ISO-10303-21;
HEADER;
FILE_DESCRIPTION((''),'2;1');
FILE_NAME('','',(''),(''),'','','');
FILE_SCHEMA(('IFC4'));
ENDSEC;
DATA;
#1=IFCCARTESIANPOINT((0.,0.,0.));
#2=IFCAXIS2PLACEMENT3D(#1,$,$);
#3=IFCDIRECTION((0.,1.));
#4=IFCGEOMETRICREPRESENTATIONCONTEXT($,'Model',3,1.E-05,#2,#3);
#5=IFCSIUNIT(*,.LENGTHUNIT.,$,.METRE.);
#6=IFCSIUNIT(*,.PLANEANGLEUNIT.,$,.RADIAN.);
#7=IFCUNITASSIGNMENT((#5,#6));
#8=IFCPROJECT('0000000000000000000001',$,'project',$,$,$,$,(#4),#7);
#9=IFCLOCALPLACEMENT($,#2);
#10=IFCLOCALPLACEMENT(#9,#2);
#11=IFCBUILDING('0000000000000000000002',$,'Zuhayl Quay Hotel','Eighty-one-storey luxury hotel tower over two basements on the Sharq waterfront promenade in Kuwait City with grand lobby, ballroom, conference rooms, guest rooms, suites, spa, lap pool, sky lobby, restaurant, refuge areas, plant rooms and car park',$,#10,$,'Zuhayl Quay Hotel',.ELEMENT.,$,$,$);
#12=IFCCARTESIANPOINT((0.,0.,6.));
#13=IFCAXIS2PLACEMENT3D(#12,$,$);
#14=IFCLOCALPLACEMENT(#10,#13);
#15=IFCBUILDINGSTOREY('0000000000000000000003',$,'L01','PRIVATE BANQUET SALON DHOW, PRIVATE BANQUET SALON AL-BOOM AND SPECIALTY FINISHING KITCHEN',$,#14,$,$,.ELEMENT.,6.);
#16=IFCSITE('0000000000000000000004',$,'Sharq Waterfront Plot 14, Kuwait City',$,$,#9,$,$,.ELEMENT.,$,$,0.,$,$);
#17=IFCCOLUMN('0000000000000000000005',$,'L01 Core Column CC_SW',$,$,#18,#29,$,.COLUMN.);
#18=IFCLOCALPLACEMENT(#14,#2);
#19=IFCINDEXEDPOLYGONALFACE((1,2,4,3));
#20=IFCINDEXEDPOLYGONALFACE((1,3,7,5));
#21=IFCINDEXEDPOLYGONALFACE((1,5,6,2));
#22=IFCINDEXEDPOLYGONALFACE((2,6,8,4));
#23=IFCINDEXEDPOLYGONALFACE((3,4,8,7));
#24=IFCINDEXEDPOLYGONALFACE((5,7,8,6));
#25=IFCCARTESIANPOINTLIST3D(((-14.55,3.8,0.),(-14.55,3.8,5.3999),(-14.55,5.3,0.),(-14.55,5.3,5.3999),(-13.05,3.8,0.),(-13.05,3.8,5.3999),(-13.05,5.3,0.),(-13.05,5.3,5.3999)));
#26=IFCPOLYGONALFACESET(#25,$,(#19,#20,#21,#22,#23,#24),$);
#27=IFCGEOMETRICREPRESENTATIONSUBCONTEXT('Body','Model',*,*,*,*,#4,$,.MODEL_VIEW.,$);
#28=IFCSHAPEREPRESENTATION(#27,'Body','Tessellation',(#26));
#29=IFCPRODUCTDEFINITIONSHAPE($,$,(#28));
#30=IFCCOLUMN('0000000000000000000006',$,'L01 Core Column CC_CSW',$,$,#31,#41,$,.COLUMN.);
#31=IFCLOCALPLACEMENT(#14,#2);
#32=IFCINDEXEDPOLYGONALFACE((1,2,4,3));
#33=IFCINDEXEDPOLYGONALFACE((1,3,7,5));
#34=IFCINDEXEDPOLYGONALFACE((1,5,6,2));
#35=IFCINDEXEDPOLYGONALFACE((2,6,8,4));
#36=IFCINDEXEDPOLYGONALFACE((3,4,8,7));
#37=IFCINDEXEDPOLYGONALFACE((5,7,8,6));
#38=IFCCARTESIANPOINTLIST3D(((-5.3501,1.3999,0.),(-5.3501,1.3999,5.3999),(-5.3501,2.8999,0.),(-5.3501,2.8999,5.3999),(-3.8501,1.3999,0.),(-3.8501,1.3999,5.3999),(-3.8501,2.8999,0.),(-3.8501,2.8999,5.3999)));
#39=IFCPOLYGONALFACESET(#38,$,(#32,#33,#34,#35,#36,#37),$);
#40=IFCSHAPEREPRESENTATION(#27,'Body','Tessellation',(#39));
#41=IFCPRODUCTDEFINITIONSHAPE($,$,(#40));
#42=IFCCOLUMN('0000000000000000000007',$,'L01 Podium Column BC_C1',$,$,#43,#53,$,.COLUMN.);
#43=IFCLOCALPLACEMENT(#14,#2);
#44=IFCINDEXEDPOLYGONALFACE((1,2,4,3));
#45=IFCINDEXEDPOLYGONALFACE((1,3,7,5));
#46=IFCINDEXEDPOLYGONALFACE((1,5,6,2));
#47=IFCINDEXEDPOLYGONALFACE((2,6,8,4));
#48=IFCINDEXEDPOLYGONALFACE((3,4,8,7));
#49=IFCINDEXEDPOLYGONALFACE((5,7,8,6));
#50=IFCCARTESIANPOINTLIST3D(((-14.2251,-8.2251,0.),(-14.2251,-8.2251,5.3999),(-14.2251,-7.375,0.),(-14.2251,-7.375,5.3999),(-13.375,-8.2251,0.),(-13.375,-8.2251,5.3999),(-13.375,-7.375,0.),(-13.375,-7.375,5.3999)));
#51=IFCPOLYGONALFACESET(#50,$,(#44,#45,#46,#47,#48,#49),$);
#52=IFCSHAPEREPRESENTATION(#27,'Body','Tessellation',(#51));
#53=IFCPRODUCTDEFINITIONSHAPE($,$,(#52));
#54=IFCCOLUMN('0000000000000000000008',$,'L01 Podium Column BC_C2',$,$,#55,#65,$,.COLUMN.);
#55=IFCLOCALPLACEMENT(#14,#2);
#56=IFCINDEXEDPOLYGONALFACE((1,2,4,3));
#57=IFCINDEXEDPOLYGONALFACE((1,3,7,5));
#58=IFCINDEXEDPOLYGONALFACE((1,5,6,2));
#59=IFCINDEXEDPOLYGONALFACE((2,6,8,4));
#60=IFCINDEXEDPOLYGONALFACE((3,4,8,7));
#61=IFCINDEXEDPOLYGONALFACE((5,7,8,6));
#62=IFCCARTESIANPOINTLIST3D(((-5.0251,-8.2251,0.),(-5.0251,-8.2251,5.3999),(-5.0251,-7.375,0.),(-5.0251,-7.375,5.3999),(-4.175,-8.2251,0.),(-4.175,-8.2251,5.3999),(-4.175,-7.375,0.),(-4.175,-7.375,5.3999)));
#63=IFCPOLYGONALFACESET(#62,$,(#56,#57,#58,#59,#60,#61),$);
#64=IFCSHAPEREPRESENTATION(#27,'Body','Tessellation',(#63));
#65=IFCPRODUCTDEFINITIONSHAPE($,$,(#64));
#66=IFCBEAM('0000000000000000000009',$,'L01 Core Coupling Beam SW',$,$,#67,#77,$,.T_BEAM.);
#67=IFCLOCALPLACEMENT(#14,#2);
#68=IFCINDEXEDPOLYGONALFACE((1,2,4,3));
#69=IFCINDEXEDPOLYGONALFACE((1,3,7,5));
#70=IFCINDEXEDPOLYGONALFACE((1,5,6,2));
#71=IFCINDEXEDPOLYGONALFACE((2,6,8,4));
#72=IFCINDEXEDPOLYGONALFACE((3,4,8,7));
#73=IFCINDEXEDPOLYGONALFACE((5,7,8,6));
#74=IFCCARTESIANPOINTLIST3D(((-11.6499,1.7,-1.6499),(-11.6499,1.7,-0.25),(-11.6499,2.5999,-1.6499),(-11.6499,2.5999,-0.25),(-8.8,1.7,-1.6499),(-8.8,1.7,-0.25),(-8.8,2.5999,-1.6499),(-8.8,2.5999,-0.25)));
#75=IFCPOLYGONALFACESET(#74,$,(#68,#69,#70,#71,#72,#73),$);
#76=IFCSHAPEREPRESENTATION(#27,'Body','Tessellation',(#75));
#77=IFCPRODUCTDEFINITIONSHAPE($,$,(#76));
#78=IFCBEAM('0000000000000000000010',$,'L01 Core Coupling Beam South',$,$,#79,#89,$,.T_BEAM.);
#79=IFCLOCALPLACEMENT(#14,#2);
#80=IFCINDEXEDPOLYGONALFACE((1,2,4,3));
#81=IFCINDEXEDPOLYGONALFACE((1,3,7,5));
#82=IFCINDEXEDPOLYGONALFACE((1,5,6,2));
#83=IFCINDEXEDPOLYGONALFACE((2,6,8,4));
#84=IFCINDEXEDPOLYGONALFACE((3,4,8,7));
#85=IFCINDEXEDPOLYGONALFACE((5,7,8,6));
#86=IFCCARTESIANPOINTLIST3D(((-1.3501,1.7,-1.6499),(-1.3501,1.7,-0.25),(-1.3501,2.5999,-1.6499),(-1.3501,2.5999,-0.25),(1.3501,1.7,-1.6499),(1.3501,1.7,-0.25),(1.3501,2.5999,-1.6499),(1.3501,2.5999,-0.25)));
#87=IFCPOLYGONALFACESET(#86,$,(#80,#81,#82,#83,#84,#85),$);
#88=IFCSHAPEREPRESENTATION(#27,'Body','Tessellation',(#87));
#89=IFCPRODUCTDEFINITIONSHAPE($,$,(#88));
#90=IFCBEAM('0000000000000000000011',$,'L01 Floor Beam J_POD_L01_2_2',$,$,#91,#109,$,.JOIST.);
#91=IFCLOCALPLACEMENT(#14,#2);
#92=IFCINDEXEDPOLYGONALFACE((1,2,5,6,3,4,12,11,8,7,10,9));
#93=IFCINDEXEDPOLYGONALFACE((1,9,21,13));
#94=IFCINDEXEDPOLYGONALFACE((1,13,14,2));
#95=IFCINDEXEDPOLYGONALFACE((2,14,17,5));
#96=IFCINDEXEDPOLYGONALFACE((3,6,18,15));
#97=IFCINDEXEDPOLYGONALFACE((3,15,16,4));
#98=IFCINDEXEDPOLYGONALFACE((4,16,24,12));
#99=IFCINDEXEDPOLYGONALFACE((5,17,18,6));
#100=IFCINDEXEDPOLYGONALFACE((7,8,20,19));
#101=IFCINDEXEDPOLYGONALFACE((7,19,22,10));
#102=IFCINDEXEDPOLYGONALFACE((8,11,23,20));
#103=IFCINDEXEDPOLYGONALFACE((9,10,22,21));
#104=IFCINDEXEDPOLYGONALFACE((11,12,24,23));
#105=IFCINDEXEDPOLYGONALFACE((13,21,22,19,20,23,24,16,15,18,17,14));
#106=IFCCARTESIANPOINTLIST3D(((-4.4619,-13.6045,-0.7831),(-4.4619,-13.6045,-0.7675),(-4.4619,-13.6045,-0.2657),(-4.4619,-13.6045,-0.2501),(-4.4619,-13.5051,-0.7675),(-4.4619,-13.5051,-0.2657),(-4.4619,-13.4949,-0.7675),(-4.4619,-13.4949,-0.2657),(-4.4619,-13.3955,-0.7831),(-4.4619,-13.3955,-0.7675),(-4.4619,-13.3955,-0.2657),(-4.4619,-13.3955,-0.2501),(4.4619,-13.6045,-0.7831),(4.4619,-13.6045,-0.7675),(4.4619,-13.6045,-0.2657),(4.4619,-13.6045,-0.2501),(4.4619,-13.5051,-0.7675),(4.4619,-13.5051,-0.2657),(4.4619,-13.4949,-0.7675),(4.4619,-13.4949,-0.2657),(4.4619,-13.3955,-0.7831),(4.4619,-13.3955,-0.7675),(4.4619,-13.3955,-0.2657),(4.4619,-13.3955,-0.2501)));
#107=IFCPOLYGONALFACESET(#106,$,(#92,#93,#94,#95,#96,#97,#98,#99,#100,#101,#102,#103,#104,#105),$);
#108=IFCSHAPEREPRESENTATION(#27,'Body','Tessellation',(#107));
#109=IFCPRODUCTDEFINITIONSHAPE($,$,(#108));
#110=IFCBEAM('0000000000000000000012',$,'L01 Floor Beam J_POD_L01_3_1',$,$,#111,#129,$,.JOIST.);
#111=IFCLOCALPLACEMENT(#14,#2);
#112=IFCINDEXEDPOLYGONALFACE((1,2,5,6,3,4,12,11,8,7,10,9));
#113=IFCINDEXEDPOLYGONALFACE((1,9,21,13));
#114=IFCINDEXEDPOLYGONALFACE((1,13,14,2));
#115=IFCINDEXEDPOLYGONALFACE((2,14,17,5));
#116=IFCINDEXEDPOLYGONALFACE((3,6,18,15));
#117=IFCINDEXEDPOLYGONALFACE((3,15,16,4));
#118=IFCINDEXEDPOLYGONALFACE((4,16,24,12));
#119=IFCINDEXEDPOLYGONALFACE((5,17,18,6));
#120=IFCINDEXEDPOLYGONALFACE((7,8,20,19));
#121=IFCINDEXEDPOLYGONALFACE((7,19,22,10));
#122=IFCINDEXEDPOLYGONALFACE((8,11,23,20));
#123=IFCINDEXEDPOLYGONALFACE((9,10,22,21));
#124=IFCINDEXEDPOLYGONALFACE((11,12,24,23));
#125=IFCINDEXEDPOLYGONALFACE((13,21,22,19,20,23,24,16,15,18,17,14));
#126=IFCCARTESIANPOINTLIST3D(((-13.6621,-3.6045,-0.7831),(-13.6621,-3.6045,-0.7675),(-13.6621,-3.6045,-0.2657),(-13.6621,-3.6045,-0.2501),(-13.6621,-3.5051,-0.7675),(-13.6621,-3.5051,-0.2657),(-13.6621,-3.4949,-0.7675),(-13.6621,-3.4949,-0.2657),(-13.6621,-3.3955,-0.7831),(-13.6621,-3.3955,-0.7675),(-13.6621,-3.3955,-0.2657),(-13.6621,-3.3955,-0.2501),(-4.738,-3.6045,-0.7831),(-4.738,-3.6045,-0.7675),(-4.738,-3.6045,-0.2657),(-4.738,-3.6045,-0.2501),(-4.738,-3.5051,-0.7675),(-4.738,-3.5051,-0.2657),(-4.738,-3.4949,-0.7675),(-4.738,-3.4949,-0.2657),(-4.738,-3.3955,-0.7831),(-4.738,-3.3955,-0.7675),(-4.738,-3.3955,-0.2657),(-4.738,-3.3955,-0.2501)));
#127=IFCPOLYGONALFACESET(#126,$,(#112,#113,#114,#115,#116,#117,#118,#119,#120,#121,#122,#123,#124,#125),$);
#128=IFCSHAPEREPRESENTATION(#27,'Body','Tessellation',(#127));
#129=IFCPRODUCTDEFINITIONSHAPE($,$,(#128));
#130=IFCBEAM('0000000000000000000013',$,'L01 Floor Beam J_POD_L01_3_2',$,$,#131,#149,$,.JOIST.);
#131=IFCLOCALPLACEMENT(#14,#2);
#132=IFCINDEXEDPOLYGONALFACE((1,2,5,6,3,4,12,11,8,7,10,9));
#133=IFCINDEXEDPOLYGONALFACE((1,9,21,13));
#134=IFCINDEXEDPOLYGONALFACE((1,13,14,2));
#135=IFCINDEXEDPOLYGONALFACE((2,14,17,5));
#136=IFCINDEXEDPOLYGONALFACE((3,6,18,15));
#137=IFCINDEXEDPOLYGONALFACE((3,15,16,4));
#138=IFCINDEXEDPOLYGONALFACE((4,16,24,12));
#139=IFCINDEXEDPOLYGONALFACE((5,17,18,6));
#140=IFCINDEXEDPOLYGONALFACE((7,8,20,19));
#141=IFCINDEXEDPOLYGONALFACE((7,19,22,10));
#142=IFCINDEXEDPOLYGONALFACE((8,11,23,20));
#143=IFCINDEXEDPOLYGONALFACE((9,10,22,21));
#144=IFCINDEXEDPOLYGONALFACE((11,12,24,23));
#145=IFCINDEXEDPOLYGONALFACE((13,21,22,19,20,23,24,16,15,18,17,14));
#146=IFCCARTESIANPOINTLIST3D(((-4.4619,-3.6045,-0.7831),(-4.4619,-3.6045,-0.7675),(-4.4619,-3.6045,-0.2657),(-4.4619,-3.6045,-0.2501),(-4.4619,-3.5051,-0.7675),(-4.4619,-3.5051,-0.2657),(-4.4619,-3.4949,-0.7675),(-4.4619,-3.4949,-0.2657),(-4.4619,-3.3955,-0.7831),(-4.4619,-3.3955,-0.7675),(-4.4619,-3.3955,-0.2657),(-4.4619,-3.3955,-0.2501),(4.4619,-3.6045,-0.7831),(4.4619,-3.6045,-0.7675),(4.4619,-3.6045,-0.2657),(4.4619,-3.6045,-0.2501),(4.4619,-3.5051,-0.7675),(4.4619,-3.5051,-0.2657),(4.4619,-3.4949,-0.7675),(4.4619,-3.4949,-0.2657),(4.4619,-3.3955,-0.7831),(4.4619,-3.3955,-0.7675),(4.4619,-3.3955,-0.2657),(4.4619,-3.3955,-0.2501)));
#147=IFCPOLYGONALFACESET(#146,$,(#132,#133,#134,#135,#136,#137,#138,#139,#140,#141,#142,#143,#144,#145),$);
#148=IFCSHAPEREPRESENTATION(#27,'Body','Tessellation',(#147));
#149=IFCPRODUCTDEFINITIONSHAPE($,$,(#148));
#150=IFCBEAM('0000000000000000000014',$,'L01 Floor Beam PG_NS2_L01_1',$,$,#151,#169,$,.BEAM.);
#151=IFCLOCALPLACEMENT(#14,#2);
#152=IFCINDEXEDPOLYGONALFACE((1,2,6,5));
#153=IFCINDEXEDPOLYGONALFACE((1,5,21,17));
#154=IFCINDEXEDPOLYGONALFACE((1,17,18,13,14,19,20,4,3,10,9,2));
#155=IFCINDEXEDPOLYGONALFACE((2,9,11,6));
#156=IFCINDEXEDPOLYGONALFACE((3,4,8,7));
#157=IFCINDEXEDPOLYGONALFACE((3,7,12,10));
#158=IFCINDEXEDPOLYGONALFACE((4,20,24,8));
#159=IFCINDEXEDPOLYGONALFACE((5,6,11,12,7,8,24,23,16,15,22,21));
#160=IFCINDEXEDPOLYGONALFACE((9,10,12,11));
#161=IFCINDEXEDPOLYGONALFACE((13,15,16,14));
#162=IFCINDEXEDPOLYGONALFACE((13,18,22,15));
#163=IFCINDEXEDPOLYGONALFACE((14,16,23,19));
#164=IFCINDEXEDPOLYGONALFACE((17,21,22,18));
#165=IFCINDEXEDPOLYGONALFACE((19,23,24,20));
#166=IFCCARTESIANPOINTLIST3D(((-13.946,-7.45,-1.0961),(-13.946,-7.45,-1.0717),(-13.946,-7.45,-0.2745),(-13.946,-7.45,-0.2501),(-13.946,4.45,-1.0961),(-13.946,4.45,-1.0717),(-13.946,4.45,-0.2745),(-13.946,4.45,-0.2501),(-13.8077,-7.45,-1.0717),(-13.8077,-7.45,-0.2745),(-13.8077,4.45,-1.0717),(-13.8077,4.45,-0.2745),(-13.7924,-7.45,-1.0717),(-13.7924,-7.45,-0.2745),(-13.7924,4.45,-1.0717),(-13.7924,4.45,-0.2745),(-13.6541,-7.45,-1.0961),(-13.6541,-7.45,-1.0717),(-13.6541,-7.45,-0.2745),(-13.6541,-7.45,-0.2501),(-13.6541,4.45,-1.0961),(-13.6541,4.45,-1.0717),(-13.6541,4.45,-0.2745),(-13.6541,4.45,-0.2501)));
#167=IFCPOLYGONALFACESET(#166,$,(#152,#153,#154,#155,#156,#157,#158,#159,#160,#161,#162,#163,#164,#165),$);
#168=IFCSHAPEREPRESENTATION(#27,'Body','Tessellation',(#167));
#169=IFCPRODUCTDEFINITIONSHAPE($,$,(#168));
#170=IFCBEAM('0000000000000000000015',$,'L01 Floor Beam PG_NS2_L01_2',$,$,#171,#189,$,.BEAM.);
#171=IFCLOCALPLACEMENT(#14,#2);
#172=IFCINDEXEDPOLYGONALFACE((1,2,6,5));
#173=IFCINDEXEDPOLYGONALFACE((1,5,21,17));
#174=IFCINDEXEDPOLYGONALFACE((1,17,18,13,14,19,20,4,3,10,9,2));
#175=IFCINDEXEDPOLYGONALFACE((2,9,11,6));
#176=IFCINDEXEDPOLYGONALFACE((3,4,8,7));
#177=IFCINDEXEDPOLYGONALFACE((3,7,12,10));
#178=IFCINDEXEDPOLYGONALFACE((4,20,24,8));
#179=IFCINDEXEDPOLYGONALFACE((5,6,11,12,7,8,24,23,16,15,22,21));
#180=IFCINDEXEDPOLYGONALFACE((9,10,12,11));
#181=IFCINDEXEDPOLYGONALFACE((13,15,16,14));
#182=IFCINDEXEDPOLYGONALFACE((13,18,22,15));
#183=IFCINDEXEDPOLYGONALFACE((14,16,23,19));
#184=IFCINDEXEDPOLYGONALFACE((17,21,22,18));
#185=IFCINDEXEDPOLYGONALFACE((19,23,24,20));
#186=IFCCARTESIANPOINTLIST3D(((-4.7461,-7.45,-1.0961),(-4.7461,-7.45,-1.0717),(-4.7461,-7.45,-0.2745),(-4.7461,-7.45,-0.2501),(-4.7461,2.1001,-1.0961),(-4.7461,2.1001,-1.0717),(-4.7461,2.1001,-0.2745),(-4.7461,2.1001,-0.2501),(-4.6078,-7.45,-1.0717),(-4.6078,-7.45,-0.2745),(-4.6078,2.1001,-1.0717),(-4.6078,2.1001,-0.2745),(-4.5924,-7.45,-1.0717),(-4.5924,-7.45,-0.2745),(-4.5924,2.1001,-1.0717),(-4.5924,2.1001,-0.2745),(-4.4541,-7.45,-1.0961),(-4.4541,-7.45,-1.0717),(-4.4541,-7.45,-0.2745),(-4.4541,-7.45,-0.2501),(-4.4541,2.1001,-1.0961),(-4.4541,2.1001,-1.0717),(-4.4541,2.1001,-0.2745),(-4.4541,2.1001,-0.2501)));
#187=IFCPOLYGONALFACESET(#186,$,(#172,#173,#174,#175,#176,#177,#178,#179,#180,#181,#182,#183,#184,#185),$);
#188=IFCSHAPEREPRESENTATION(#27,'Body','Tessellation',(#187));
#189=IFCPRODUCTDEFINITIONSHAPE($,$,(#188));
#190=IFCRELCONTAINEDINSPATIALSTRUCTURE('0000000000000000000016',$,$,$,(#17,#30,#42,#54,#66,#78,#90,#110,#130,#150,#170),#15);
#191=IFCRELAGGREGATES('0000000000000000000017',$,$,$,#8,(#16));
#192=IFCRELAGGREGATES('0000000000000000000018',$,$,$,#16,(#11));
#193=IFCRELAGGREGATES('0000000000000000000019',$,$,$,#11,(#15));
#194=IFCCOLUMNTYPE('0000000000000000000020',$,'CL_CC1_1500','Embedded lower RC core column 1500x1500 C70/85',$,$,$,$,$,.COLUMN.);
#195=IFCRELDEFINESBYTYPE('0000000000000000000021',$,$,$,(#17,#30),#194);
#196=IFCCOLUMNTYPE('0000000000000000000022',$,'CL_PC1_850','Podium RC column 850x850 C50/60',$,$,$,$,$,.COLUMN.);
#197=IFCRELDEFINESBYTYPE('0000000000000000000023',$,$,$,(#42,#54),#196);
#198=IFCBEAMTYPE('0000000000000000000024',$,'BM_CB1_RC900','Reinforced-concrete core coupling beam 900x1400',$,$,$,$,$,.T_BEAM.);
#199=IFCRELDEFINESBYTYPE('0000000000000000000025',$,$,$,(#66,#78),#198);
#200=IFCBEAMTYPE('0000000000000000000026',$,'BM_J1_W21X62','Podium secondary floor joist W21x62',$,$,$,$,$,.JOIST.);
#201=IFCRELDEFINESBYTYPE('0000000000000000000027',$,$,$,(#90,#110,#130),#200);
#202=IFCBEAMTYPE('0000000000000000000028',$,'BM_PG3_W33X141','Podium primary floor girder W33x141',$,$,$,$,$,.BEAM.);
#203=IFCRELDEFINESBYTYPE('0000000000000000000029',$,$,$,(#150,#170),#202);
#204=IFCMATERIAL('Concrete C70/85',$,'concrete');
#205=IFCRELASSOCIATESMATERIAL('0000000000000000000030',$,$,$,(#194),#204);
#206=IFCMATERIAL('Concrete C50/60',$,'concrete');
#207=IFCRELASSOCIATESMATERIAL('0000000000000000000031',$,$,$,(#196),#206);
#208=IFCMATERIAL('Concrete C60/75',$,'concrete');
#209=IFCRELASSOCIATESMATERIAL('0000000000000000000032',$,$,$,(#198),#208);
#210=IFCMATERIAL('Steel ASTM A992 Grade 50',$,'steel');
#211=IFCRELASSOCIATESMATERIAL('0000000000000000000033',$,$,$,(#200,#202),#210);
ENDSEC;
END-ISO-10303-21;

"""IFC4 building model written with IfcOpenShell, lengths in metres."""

from ifc_helpers import new_model, si_unit, direction, frame, origin, origin_2d, place, context, subcontext, project, spatial, rectangle, i_section, extrude, material, material_profile, profile_set, type_object, element, save


model = new_model("IFC4")

# Units and contexts
model_context = context("Model", 3, precision=1e-05, world=origin(), true_north=direction((0.0, 1.0)))
body_context = subcontext(model_context, "Body", "Model", "MODEL_VIEW")
ifc_project = project(units=[si_unit("LENGTHUNIT", "METRE"), si_unit("PLANEANGLEUNIT", "RADIAN")], contexts=[model_context])

# Site, building, storey
site_placement = place(None, origin())
site = spatial("IfcSite", under=ifc_project, at=site_placement, Name="Sharq Waterfront Plot 14, Kuwait City", CompositionType="ELEMENT", RefElevation=0.0)
building_placement = place(site_placement, origin())
building = spatial("IfcBuilding", under=site, at=building_placement, Name="Zuhayl Quay Hotel", Description="Eighty-one-storey luxury hotel tower over two basements on the Sharq waterfront promenade in Kuwait City with grand lobby, ballroom, conference rooms, guest rooms, suites, spa, lap pool, sky lobby, restaurant, refuge areas, plant rooms and car park", LongName="Zuhayl Quay Hotel", CompositionType="ELEMENT")
storey_placement = place(building_placement, frame((0.0, 0.0, 6.0)))
storey = spatial("IfcBuildingStorey", under=building, at=storey_placement, Name="L01", Description="PRIVATE BANQUET SALON DHOW, PRIVATE BANQUET SALON AL-BOOM AND SPECIALTY FINISHING KITCHEN", CompositionType="ELEMENT", Elevation=6.0)

# Columns
ifc_material_1 = material(Name="Concrete C70/85", Category="concrete")
ifc_material_profile_1 = material_profile(ifc_material_1, rectangle(XDim=1.5, YDim=1.5, at=origin_2d()), Name="RC1500X1500")
ifc_profile_set_1 = profile_set([ifc_material_profile_1], Name="Concrete C70/85")
column_type_1 = type_object("IfcColumnType", Name="CL_CC1_1500", Description="Embedded lower RC core column 1500x1500 C70/85", PredefinedType="COLUMN", material=ifc_profile_set_1)
for number, where, z_axis, x_axis, name in (
    (1, (-13.8, 4.55, 0.0), (0.0, 0.0, 1.0), (1.0, 0.0, 0.0), "L01 Core Column CC_SW"),
    (2, (-4.6001, 2.1499, 0.0), (0.0, 0.0, 1.0), (1.0, 0.0, 0.0), "L01 Core Column CC_CSW"),
):
    element("IfcColumn", number, at=place(storey_placement, frame(where, z_axis=z_axis, x_axis=x_axis)), inside=storey, type_object=column_type_1, Name=name, PredefinedType="COLUMN", context=body_context, shape_type="SweptSolid", body=[
        extrude(rectangle(XDim=1.5, YDim=1.5, at=origin_2d()), origin(), (0.0, 0.0, 1.0), 5.3999),
    ])
ifc_material_2 = material(Name="Concrete C50/60", Category="concrete")
ifc_material_profile_2 = material_profile(ifc_material_2, rectangle(XDim=0.8501, YDim=0.8501, at=origin_2d()), Name="RC850X850")
ifc_profile_set_2 = profile_set([ifc_material_profile_2], Name="Concrete C50/60")
column_type_2 = type_object("IfcColumnType", Name="CL_PC1_850", Description="Podium RC column 850x850 C50/60", PredefinedType="COLUMN", material=ifc_profile_set_2)
for number, where, z_axis, x_axis, name in (
    (3, (-13.8, -7.8, 0.0), (0.0, 0.0, 1.0), (1.0, 0.0, 0.0), "L01 Podium Column BC_C1"),
    (4, (-4.6001, -7.8, 0.0), (0.0, 0.0, 1.0), (1.0, 0.0, 0.0), "L01 Podium Column BC_C2"),
):
    element("IfcColumn", number, at=place(storey_placement, frame(where, z_axis=z_axis, x_axis=x_axis)), inside=storey, type_object=column_type_2, Name=name, PredefinedType="COLUMN", context=body_context, shape_type="SweptSolid", body=[
        extrude(rectangle(XDim=0.8501, YDim=0.8501, at=origin_2d()), origin(), (0.0, 0.0, 1.0), 5.3999),
    ])

# Beams
ifc_material_3 = material(Name="Concrete C60/75", Category="concrete")
ifc_material_profile_3 = material_profile(ifc_material_3, rectangle(XDim=0.8999, YDim=1.3999, at=origin_2d()), Name="RC900X1400")
ifc_profile_set_3 = profile_set([ifc_material_profile_3], Name="Concrete C60/75")
beam_type_1 = type_object("IfcBeamType", Name="BM_CB1_RC900", Description="Reinforced-concrete core coupling beam 900x1400", PredefinedType="T_BEAM", material=ifc_profile_set_3)
beam_1_placement = place(storey_placement, frame((-11.6499, 2.1499, -0.95), z_axis=(1.0, 0.0, 0.0), x_axis=(0.0, 1.0, 0.0)))
element("IfcBeam", 5, at=beam_1_placement, inside=storey, type_object=beam_type_1, Name="L01 Core Coupling Beam SW", PredefinedType="T_BEAM", context=body_context, shape_type="SweptSolid", body=[
    extrude(rectangle(XDim=0.8999, YDim=1.3999, at=origin_2d()), origin(), (0.0, 0.0, 1.0), 2.8499),
])
beam_2_placement = place(storey_placement, frame((-1.3501, 2.1499, -0.95), z_axis=(1.0, 0.0, 0.0), x_axis=(0.0, 1.0, 0.0)))
element("IfcBeam", 6, at=beam_2_placement, inside=storey, type_object=beam_type_1, Name="L01 Core Coupling Beam South", PredefinedType="T_BEAM", context=body_context, shape_type="SweptSolid", body=[
    extrude(rectangle(XDim=0.8999, YDim=1.3999, at=origin_2d()), origin(), (0.0, 0.0, 1.0), 2.7002),
])
ifc_material_4 = material(Name="Steel ASTM A992 Grade 50", Category="steel")
ifc_material_profile_4 = material_profile(ifc_material_4, i_section(OverallWidth=0.209, OverallDepth=0.533, WebThickness=0.0103, FlangeThickness=0.0156, at=origin_2d()), Name="W21X62")
ifc_profile_set_4 = profile_set([ifc_material_profile_4], Name="Steel ASTM A992 Grade 50")
beam_type_2 = type_object("IfcBeamType", Name="BM_J1_W21X62", Description="Podium secondary floor joist W21x62", PredefinedType="JOIST", material=ifc_profile_set_4)
beam_3_placement = place(storey_placement, frame((-4.4619, -13.5, -0.5166), z_axis=(1.0, 0.0, 0.0), x_axis=(0.0, 1.0, 0.0)))
element("IfcBeam", 7, at=beam_3_placement, inside=storey, type_object=beam_type_2, Name="L01 Floor Beam J_POD_L01_2_2", PredefinedType="JOIST", context=body_context, shape_type="SweptSolid", body=[
    extrude(i_section(OverallWidth=0.209, OverallDepth=0.533, WebThickness=0.0103, FlangeThickness=0.0156, at=origin_2d()), origin(), (0.0, 0.0, 1.0), 8.9238),
])
beam_4_placement = place(storey_placement, frame((-13.6621, -3.5, -0.5166), z_axis=(1.0, 0.0, 0.0), x_axis=(0.0, 1.0, 0.0)))
element("IfcBeam", 8, at=beam_4_placement, inside=storey, type_object=beam_type_2, Name="L01 Floor Beam J_POD_L01_3_1", PredefinedType="JOIST", context=body_context, shape_type="SweptSolid", body=[
    extrude(i_section(OverallWidth=0.209, OverallDepth=0.533, WebThickness=0.0103, FlangeThickness=0.0156, at=origin_2d()), origin(), (0.0, 0.0, 1.0), 8.9241),
])
beam_5_placement = place(storey_placement, frame((-4.4619, -3.5, -0.5166), z_axis=(1.0, 0.0, 0.0), x_axis=(0.0, 1.0, 0.0)))
element("IfcBeam", 9, at=beam_5_placement, inside=storey, type_object=beam_type_2, Name="L01 Floor Beam J_POD_L01_3_2", PredefinedType="JOIST", context=body_context, shape_type="SweptSolid", body=[
    extrude(i_section(OverallWidth=0.209, OverallDepth=0.533, WebThickness=0.0103, FlangeThickness=0.0156, at=origin_2d()), origin(), (0.0, 0.0, 1.0), 8.9238),
])
ifc_material_profile_5 = material_profile(ifc_material_4, i_section(OverallWidth=0.292, OverallDepth=0.8459, WebThickness=0.0154, FlangeThickness=0.0244, at=origin_2d()), Name="W33X141")
ifc_profile_set_5 = profile_set([ifc_material_profile_5], Name="Steel ASTM A992 Grade 50")
beam_type_3 = type_object("IfcBeamType", Name="BM_PG3_W33X141", Description="Podium primary floor girder W33x141", PredefinedType="BEAM", material=ifc_profile_set_5)
beam_6_placement = place(storey_placement, frame((-13.8, -7.45, -0.6731), z_axis=(0.0, 1.0, 0.0), x_axis=(-1.0, 0.0, 0.0)))
element("IfcBeam", 10, at=beam_6_placement, inside=storey, type_object=beam_type_3, Name="L01 Floor Beam PG_NS2_L01_1", PredefinedType="BEAM", context=body_context, shape_type="SweptSolid", body=[
    extrude(i_section(OverallWidth=0.292, OverallDepth=0.8459, WebThickness=0.0154, FlangeThickness=0.0244, at=origin_2d()), origin(), (0.0, 0.0, 1.0), 11.8999),
])
beam_7_placement = place(storey_placement, frame((-4.6001, -7.45, -0.6731), z_axis=(0.0, 1.0, 0.0), x_axis=(-1.0, 0.0, 0.0)))
element("IfcBeam", 11, at=beam_7_placement, inside=storey, type_object=beam_type_3, Name="L01 Floor Beam PG_NS2_L01_2", PredefinedType="BEAM", context=body_context, shape_type="SweptSolid", body=[
    extrude(i_section(OverallWidth=0.292, OverallDepth=0.8459, WebThickness=0.0154, FlangeThickness=0.0244, at=origin_2d()), origin(), (0.0, 0.0, 1.0), 9.55),
])

save(model, "model.ifc")
